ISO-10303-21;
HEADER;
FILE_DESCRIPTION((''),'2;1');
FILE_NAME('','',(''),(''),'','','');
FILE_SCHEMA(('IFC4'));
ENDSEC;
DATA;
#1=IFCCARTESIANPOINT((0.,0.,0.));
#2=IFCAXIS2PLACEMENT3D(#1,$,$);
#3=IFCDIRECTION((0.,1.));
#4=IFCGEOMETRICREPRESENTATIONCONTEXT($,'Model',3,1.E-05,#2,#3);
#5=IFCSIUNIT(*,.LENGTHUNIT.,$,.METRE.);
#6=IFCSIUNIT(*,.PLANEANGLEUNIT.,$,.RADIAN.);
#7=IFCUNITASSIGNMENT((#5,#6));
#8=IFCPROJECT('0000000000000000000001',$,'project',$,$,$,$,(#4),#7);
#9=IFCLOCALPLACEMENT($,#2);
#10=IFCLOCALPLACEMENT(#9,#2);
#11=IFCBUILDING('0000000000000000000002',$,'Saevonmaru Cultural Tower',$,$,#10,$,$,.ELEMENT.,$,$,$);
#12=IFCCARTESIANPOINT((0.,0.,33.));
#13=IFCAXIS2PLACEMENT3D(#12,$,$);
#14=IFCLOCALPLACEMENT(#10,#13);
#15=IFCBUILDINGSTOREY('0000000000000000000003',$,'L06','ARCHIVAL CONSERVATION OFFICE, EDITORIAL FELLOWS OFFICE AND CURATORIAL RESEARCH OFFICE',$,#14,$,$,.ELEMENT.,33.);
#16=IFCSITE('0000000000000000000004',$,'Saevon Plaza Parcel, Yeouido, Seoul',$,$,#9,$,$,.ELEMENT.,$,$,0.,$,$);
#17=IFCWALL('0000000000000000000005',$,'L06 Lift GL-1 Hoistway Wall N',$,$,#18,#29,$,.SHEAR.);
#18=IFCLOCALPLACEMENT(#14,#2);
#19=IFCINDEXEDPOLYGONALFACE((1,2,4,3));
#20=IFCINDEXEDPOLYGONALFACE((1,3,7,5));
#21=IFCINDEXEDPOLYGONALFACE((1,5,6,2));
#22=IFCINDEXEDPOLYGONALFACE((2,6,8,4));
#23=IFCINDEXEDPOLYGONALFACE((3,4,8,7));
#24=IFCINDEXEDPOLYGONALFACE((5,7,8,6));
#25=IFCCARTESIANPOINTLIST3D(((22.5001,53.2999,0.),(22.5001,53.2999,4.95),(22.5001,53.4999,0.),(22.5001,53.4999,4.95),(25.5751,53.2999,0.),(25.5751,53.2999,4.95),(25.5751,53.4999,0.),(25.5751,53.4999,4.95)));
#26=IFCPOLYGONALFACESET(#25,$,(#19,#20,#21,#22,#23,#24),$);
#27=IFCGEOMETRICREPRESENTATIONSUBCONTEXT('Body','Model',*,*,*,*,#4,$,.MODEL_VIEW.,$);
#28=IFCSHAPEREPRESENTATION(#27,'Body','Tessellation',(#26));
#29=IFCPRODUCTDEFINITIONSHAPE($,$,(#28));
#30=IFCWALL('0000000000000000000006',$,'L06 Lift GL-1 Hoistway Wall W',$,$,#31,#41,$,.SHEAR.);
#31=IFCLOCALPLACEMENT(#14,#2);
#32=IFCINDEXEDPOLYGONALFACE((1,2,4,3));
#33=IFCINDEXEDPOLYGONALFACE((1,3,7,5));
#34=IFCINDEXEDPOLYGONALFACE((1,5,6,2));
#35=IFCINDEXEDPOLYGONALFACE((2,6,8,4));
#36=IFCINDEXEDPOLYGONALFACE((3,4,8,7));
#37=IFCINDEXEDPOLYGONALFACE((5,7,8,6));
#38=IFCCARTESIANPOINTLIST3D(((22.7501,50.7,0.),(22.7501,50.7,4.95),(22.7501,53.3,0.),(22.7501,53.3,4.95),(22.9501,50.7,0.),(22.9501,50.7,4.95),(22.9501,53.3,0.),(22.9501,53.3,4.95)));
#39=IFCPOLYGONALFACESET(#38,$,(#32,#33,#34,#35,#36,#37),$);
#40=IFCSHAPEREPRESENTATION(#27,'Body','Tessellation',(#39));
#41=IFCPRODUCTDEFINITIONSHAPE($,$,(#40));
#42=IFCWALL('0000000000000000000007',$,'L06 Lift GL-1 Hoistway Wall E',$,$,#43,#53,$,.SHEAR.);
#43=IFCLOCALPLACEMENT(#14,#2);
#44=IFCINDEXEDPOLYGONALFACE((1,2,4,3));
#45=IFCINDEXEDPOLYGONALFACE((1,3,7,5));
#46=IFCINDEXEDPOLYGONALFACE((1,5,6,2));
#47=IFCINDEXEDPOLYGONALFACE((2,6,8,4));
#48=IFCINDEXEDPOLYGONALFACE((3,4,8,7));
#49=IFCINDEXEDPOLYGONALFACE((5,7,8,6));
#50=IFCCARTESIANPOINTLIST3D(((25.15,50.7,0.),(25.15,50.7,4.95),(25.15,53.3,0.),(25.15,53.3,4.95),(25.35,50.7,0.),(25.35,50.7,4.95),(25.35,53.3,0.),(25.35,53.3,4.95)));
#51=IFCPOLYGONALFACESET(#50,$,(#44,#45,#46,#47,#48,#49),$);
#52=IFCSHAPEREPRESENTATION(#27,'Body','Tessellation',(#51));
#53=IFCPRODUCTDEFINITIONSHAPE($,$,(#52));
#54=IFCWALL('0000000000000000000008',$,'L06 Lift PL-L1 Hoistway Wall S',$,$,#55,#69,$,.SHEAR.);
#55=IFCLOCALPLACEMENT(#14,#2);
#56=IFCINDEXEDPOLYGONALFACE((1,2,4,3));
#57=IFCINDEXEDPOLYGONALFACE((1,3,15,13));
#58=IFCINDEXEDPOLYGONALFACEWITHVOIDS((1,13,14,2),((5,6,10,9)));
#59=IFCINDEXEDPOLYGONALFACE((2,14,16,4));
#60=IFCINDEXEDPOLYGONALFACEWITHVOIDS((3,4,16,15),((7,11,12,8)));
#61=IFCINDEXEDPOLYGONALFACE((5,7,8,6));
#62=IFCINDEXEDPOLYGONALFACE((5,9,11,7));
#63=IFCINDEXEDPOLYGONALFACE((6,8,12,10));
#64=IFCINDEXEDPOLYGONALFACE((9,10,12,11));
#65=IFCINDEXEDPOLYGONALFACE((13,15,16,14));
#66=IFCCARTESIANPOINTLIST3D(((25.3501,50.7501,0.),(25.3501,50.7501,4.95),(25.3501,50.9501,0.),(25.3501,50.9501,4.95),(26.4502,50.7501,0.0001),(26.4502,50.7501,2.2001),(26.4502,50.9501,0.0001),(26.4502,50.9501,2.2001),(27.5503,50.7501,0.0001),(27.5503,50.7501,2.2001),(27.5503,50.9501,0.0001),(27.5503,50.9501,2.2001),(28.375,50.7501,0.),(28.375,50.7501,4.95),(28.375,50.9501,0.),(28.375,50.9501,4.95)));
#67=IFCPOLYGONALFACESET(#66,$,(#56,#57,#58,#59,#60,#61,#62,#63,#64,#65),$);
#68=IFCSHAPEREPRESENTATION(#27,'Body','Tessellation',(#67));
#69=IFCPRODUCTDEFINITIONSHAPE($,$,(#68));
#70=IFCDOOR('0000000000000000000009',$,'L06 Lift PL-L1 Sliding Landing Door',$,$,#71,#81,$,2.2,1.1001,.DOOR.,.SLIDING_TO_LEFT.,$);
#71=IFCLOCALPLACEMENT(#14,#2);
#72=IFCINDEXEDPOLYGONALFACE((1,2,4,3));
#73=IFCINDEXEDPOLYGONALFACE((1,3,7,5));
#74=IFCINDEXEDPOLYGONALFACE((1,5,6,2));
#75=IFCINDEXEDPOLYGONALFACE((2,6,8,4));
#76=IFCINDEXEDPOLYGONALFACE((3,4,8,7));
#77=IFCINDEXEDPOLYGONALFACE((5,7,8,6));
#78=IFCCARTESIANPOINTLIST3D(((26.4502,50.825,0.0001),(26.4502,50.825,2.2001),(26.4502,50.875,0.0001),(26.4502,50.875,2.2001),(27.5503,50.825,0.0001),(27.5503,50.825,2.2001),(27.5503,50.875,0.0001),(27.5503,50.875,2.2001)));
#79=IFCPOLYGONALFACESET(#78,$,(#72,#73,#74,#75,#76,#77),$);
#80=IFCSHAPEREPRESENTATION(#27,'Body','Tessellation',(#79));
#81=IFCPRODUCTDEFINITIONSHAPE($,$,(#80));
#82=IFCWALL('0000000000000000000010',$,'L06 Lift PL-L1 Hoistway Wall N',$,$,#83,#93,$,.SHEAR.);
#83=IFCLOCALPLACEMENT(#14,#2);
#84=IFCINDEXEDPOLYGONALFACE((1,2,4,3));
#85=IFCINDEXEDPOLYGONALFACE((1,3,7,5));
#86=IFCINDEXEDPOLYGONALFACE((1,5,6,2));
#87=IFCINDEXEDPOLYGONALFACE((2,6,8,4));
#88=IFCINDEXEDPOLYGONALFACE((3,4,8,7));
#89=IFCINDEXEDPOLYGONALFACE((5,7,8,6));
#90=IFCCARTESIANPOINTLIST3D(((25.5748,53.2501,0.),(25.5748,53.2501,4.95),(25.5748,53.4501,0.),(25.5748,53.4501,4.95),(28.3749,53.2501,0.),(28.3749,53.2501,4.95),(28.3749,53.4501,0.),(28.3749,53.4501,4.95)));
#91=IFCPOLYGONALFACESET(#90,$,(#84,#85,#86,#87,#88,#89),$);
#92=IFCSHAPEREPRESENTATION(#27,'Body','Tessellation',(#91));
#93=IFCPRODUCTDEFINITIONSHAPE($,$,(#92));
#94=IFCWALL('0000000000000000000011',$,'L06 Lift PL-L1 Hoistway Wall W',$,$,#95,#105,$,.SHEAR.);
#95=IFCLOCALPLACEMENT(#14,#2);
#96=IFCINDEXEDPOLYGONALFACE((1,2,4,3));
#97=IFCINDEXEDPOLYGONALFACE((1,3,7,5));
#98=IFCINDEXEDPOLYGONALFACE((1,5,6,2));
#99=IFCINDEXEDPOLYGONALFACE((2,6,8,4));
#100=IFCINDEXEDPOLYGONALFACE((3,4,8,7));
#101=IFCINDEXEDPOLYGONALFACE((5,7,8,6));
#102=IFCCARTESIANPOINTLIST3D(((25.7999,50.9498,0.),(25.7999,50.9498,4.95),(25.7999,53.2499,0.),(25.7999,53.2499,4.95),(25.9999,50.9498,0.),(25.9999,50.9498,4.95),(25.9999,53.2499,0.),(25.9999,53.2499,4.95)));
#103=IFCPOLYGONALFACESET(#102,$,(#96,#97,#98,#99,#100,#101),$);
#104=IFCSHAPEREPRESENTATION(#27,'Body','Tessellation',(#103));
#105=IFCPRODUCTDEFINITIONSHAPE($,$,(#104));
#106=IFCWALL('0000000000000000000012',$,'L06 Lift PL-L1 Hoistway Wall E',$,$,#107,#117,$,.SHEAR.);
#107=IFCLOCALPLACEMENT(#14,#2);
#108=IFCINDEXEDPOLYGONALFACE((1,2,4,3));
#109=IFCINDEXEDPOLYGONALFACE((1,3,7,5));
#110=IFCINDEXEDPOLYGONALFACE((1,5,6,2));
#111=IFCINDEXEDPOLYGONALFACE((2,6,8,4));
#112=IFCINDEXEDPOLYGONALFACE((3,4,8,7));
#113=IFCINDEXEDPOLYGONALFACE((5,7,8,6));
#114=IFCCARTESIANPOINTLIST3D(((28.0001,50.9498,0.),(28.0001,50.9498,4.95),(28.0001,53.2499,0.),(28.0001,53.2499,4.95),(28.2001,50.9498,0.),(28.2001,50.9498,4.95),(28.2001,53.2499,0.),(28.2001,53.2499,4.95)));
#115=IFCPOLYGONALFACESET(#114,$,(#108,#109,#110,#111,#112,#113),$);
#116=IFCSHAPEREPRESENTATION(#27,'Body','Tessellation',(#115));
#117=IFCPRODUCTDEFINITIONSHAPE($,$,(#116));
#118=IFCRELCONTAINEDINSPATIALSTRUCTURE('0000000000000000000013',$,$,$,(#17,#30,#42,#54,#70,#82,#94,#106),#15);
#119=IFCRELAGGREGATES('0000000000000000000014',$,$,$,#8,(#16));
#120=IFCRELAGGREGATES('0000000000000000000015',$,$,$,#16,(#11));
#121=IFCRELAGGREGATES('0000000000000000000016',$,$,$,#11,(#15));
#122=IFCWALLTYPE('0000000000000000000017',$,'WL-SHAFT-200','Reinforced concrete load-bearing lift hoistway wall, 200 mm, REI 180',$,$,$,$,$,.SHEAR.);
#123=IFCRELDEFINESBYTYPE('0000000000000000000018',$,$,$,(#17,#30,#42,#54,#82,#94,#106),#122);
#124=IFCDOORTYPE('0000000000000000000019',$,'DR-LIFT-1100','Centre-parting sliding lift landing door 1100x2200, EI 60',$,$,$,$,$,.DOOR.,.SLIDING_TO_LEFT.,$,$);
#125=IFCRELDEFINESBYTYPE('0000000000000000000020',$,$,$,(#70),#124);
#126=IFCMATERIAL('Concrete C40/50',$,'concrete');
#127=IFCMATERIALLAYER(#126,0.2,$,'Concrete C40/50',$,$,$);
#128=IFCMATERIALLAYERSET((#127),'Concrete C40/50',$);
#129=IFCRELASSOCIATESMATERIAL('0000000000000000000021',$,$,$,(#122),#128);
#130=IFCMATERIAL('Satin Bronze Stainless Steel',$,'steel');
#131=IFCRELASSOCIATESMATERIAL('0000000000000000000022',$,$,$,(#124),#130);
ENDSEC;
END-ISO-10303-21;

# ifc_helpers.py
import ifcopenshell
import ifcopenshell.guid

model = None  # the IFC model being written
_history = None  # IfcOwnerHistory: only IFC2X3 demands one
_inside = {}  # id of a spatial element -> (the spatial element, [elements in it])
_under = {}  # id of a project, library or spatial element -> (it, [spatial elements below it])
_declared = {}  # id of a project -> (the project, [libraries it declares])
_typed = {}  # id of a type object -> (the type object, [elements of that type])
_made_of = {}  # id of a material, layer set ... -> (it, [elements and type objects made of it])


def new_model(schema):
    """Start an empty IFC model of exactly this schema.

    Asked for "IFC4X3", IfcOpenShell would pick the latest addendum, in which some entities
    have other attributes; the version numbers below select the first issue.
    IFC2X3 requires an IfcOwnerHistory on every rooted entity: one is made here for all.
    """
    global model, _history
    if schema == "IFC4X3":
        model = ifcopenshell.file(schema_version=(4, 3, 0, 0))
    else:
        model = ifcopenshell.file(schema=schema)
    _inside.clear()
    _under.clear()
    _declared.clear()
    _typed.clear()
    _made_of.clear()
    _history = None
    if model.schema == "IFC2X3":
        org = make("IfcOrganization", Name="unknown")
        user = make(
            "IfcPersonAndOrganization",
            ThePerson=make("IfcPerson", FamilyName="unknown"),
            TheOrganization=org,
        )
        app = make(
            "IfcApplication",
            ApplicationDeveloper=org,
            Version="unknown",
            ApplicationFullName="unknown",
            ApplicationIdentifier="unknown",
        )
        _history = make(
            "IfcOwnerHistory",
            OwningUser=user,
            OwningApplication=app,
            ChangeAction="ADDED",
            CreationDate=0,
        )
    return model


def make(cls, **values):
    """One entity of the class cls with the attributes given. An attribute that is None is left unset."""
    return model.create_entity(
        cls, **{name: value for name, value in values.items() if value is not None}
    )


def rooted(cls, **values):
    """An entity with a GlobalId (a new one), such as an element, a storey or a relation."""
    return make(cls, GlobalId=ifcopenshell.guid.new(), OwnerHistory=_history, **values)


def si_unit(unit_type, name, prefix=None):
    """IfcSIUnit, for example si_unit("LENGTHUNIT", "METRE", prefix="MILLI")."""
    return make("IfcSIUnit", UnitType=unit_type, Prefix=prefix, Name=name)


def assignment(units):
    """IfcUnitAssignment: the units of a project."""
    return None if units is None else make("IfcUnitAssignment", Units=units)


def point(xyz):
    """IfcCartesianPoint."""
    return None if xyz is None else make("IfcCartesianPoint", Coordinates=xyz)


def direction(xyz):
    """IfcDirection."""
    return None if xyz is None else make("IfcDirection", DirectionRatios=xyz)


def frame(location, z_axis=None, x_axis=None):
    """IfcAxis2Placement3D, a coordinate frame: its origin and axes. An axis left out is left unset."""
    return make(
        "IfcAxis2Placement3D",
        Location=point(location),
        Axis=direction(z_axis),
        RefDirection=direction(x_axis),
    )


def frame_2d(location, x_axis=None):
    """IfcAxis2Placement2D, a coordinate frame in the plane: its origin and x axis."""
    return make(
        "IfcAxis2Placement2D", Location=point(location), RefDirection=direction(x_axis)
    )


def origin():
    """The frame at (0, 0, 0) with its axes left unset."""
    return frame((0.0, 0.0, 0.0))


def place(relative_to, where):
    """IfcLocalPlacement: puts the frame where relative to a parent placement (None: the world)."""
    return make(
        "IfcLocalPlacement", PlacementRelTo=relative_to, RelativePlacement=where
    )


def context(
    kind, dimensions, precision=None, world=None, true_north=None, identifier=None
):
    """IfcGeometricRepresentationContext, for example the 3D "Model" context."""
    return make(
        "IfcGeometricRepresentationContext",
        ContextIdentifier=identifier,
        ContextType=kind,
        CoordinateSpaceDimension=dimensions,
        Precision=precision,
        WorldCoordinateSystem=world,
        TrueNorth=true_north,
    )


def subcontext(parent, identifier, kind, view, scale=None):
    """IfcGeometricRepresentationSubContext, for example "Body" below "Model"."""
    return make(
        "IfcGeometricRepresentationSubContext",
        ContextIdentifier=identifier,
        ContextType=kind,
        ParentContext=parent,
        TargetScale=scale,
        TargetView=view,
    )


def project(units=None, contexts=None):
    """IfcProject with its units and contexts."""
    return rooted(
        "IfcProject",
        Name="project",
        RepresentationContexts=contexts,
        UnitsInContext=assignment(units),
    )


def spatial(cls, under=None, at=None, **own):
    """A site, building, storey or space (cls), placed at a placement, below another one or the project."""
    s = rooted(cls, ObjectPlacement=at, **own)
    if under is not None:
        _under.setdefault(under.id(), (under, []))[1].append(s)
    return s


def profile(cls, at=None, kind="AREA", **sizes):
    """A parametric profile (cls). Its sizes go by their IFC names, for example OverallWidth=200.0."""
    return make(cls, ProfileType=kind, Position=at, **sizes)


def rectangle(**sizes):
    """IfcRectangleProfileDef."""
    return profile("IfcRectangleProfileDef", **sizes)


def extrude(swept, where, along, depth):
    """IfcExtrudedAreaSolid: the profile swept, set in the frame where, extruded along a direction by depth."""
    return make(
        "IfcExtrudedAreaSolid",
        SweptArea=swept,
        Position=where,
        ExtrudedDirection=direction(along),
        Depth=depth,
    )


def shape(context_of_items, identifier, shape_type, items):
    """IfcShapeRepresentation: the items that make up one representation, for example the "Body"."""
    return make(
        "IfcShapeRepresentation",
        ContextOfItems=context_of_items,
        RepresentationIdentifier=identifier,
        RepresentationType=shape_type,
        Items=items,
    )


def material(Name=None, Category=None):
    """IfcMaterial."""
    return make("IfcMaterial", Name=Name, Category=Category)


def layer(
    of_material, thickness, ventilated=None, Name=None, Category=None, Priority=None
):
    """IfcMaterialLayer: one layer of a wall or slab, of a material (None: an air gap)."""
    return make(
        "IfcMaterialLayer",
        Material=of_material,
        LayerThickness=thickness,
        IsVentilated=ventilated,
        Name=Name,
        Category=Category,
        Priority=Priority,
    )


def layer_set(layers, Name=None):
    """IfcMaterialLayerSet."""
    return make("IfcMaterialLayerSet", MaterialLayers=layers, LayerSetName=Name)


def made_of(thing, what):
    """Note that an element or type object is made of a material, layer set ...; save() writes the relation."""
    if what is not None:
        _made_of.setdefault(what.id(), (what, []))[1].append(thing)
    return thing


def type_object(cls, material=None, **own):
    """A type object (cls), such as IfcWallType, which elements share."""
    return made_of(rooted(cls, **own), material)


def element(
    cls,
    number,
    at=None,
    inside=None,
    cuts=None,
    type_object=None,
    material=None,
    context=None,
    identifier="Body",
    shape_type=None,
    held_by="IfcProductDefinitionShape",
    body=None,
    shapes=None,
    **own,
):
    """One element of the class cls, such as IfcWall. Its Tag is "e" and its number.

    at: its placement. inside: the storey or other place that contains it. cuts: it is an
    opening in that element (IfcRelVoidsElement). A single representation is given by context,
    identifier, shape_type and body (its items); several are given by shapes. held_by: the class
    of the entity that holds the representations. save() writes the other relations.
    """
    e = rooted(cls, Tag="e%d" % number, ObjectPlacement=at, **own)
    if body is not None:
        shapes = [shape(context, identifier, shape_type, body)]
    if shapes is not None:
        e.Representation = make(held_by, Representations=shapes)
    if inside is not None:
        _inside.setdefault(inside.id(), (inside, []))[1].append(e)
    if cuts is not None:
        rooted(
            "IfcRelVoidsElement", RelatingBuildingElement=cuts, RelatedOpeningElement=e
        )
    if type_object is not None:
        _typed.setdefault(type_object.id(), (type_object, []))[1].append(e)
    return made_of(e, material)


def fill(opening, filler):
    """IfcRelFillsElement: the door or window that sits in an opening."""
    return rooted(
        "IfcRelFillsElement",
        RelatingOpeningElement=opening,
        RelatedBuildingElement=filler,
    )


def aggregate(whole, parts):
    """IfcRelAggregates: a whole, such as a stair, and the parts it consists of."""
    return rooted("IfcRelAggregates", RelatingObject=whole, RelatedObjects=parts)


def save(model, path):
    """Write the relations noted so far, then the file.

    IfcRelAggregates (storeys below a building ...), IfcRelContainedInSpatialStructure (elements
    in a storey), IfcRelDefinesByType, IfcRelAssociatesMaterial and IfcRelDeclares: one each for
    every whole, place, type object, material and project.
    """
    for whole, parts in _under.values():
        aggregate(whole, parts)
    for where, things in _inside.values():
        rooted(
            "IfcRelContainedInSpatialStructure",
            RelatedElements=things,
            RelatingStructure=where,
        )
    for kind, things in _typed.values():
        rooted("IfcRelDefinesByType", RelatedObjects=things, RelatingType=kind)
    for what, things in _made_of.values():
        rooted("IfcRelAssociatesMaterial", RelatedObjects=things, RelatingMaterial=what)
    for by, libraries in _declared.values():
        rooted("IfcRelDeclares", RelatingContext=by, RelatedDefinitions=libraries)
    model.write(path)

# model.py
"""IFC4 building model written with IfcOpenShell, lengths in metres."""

from ifc_helpers import new_model, si_unit, direction, frame, frame_2d, origin, place, context, subcontext, project, spatial, rectangle, extrude, material, layer, layer_set, type_object, element, fill, save


model = new_model("IFC4")

# Units and contexts
model_context = context("Model", 3, precision=1e-05, world=origin(), true_north=direction((0.0, 1.0)))
body_context = subcontext(model_context, "Body", "Model", "MODEL_VIEW")
ifc_project = project(units=[si_unit("LENGTHUNIT", "METRE"), si_unit("PLANEANGLEUNIT", "RADIAN")], contexts=[model_context])

# Site, building, storey
site_placement = place(None, origin())
site = spatial("IfcSite", under=ifc_project, at=site_placement, Name="Saevon Plaza Parcel, Yeouido, Seoul", CompositionType="ELEMENT", RefElevation=0.0)
building_placement = place(site_placement, origin())
building = spatial("IfcBuilding", under=site, at=building_placement, Name="Saevonmaru Cultural Tower", CompositionType="ELEMENT")
storey_placement = place(building_placement, frame((0.0, 0.0, 33.0)))
storey = spatial("IfcBuildingStorey", under=building, at=storey_placement, Name="L06", Description="ARCHIVAL CONSERVATION OFFICE, EDITORIAL FELLOWS OFFICE AND CURATORIAL RESEARCH OFFICE", CompositionType="ELEMENT", Elevation=33.0)

# Shared definitions
ifc_material_1 = material(Name="Concrete C40/50", Category="concrete")
ifc_layer_1 = layer(ifc_material_1, 0.2, Name="Concrete C40/50")
ifc_layer_set_1 = layer_set([ifc_layer_1], Name="Concrete C40/50")
wall_type = type_object("IfcWallType", Name="WL-SHAFT-200", Description="Reinforced concrete load-bearing lift hoistway wall, 200 mm, REI 180", PredefinedType="SHEAR", material=ifc_layer_set_1)

# Walls
wall_1_placement = place(storey_placement, frame((22.5, 53.3999, 0.0), z_axis=(0.0, 0.0, 1.0), x_axis=(1.0, 0.0, 0.0)))
element("IfcWall", 1, at=wall_1_placement, inside=storey, type_object=wall_type, Name="L06 Lift GL-1 Hoistway Wall N", PredefinedType="SHEAR", context=body_context, shape_type="SweptSolid", body=[
    extrude(rectangle(XDim=3.075, YDim=0.2, at=frame_2d((1.5376, 0.0))), origin(), (0.0, 0.0, 1.0), 4.95),
])
for number, where, z_axis, x_axis, name in (
    (2, (22.8501, 50.7, 0.0), (0.0, 0.0, 1.0), (0.0, 1.0, 0.0), "L06 Lift GL-1 Hoistway Wall W"),
    (3, (25.25, 50.7, 0.0), (0.0, 0.0, 1.0), (0.0, 1.0, 0.0), "L06 Lift GL-1 Hoistway Wall E"),
):
    element("IfcWall", number, at=place(storey_placement, frame(where, z_axis=z_axis, x_axis=x_axis)), inside=storey, type_object=wall_type, Name=name, PredefinedType="SHEAR", context=body_context, shape_type="SweptSolid", body=[
        extrude(rectangle(XDim=2.6001, YDim=0.2, at=frame_2d((1.3, 0.0))), origin(), (0.0, 0.0, 1.0), 4.95),
    ])

# Wall, opening, door
wall_2_placement = place(storey_placement, frame((25.3501, 50.8501, 0.0), z_axis=(0.0, 0.0, 1.0), x_axis=(1.0, 0.0, 0.0)))
wall_2 = element("IfcWall", 4, at=wall_2_placement, inside=storey, type_object=wall_type, Name="L06 Lift PL-L1 Hoistway Wall S", PredefinedType="SHEAR", context=body_context, shape_type="SweptSolid", body=[
    extrude(rectangle(XDim=3.0249, YDim=0.2, at=frame_2d((1.5125, 0.0))), origin(), (0.0, 0.0, 1.0), 4.95),
])
opening_1_placement = place(wall_2_placement, frame((1.1001, 0.0, 0.0)))
opening_1 = element("IfcOpeningElement", 5, at=opening_1_placement, cuts=wall_2, PredefinedType="OPENING", context=body_context, shape_type="SweptSolid", body=[
    extrude(rectangle(XDim=1.1001, YDim=2.2, at=frame_2d((0.55, 1.1001))), frame((0.0, 0.1099, 0.0), z_axis=(0.0, -1.0, 0.0), x_axis=(1.0, 0.0, 0.0)), (0.0, 0.0, 1.0), 0.22),
])
ifc_material_2 = material(Name="Satin Bronze Stainless Steel", Category="steel")
door_type_1 = type_object("IfcDoorType", Name="DR-LIFT-1100", Description="Centre-parting sliding lift landing door 1100x2200, EI 60", OperationType="SLIDING_TO_LEFT", PredefinedType="DOOR", material=ifc_material_2)
door_1_placement = place(opening_1_placement, origin())
door_1 = element("IfcDoor", 6, at=door_1_placement, inside=storey, type_object=door_type_1, Name="L06 Lift PL-L1 Sliding Landing Door", OperationType="SLIDING_TO_LEFT", OverallHeight=2.2, OverallWidth=1.1001, PredefinedType="DOOR", context=body_context, shape_type="SweptSolid", body=[
    extrude(rectangle(XDim=1.1001, YDim=2.2, at=frame_2d((0.55, 1.1001))), frame((0.0, 0.0249, 0.0), z_axis=(0.0, -1.0, 0.0), x_axis=(1.0, 0.0, 0.0)), (0.0, 0.0, 1.0), 0.05),
])
fill(opening_1, door_1)

# Walls
wall_3_placement = place(storey_placement, frame((25.575, 53.3501, 0.0), z_axis=(0.0, 0.0, 1.0), x_axis=(1.0, 0.0, 0.0)))
element("IfcWall", 7, at=wall_3_placement, inside=storey, type_object=wall_type, Name="L06 Lift PL-L1 Hoistway Wall N", PredefinedType="SHEAR", context=body_context, shape_type="SweptSolid", body=[
    extrude(rectangle(XDim=2.8, YDim=0.2, at=frame_2d((1.3999, 0.0))), origin(), (0.0, 0.0, 1.0), 4.95),
])
for number, where, z_axis, x_axis, name in (
    (8, (25.8999, 50.95, 0.0), (0.0, 0.0, 1.0), (0.0, 1.0, 0.0), "L06 Lift PL-L1 Hoistway Wall W"),
    (9, (28.1001, 50.95, 0.0), (0.0, 0.0, 1.0), (0.0, 1.0, 0.0), "L06 Lift PL-L1 Hoistway Wall E"),
):
    element("IfcWall", number, at=place(storey_placement, frame(where, z_axis=z_axis, x_axis=x_axis)), inside=storey, type_object=wall_type, Name=name, PredefinedType="SHEAR", context=body_context, shape_type="SweptSolid", body=[
        extrude(rectangle(XDim=2.3, YDim=0.2, at=frame_2d((1.1499, 0.0))), origin(), (0.0, 0.0, 1.0), 4.95),
    ])

save(model, "model.ifc")
